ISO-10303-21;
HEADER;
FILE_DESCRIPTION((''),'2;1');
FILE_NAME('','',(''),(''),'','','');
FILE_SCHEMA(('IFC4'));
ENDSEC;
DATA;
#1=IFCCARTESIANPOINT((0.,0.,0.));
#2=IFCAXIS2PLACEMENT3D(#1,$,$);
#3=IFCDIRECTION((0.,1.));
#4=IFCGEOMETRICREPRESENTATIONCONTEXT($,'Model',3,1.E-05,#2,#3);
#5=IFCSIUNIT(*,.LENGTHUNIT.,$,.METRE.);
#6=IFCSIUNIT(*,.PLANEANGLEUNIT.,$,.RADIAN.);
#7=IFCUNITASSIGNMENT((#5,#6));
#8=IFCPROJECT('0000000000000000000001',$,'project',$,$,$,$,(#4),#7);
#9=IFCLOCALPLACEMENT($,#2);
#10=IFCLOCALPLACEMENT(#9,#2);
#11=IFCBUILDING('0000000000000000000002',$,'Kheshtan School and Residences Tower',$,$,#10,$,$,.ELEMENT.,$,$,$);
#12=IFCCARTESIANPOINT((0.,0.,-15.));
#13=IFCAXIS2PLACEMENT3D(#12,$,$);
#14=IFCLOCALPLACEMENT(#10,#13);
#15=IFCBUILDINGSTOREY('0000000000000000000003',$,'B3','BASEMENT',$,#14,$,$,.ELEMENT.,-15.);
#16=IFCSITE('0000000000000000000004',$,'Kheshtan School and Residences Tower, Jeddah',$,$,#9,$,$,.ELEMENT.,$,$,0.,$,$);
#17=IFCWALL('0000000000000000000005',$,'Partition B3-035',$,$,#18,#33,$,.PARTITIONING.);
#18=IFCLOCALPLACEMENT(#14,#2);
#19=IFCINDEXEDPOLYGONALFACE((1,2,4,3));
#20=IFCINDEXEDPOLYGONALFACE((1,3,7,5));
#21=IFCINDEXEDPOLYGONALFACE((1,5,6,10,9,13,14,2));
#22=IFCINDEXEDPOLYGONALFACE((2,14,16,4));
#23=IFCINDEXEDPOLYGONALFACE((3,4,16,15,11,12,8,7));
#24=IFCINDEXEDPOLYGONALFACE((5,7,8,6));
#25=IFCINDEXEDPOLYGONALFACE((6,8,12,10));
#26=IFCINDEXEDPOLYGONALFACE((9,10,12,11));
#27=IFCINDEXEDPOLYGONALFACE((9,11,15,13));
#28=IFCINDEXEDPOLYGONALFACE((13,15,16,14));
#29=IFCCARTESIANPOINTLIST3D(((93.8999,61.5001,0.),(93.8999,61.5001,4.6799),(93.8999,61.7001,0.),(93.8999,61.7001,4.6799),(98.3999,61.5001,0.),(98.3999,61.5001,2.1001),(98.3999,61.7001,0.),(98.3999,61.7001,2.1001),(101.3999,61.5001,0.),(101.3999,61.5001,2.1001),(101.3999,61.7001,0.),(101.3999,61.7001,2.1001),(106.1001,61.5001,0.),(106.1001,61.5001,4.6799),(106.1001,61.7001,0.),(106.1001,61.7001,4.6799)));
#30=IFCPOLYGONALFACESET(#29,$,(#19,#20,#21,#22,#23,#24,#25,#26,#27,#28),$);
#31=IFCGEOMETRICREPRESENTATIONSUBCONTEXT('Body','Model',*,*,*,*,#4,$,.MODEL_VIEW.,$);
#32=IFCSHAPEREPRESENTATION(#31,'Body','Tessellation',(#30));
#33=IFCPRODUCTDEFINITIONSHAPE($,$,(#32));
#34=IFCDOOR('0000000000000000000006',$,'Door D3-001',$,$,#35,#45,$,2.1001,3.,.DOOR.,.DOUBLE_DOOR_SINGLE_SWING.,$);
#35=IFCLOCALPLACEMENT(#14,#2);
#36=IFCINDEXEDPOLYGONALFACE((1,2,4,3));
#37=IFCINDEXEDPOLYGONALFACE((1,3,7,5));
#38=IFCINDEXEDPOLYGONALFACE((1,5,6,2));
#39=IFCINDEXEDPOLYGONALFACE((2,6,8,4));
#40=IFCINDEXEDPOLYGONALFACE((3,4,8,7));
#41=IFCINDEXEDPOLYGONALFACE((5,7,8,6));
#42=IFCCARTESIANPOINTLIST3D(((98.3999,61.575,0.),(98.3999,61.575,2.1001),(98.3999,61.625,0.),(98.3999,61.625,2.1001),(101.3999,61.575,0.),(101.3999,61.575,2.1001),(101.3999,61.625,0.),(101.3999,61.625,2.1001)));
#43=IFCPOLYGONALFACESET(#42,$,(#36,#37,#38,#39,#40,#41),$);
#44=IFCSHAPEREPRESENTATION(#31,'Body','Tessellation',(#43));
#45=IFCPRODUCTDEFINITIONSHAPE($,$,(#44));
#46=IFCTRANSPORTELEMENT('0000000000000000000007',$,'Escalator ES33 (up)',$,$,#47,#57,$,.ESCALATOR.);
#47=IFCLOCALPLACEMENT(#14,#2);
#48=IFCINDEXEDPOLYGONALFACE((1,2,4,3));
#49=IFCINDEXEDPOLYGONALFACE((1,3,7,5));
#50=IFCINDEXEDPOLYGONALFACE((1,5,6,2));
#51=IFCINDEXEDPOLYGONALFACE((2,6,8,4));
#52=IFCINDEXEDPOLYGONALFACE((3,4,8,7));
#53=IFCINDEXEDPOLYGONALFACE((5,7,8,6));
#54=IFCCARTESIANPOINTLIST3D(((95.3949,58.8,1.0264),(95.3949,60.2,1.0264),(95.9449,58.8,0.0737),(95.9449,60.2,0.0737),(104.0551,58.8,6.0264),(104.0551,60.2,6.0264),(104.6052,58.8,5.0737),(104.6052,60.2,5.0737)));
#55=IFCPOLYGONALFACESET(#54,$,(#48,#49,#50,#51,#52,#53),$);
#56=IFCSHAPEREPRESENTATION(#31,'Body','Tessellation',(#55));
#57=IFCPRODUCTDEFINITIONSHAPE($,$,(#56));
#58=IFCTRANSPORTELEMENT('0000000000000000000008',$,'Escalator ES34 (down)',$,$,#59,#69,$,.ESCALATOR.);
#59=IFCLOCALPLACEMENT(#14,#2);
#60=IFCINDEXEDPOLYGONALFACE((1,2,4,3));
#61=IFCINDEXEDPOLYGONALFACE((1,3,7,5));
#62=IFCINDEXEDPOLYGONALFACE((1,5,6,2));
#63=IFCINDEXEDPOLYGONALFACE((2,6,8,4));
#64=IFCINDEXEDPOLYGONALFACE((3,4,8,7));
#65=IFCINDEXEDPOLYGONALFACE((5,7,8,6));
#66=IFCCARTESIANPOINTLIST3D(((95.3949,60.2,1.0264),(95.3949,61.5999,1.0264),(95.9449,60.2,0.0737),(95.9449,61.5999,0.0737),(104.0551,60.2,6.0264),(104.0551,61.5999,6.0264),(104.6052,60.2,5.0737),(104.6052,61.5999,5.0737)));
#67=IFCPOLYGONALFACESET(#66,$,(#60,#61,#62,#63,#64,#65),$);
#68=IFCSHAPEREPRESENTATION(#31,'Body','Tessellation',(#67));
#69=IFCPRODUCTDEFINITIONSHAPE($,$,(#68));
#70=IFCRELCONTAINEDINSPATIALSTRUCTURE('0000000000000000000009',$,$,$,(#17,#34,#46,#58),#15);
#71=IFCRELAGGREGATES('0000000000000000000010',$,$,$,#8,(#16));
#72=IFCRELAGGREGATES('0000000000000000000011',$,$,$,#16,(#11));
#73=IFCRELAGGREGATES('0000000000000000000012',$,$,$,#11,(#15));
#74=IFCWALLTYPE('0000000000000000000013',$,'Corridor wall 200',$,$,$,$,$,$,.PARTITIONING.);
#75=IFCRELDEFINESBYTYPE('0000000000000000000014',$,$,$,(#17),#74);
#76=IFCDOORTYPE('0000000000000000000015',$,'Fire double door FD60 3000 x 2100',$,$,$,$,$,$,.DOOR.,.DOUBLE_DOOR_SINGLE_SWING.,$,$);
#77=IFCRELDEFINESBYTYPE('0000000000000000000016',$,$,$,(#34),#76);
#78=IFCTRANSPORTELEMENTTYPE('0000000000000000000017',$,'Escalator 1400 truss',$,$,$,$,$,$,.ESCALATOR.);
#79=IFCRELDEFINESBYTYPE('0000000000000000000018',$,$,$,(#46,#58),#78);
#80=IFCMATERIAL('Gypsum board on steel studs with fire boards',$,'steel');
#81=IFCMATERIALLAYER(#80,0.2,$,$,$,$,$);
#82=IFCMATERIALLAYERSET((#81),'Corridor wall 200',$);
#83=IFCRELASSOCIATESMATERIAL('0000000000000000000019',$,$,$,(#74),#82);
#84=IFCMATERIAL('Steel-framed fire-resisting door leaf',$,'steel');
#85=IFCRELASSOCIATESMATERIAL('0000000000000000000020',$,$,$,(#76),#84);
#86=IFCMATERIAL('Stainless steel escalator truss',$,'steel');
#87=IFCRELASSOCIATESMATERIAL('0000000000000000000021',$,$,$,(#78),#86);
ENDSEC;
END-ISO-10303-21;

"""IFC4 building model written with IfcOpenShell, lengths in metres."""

from ifc_helpers import new_model, si_unit, direction, frame, frame_2d, origin, origin_2d, place, context, subcontext, project, spatial, rectangle, extrude, source, transform, mapped, material, layer, layer_set, material_profile, profile_set, type_object, element, fill, save


model = new_model("IFC4")

# Units and contexts
model_context = context("Model", 3, precision=1e-05, world=origin(), true_north=direction((0.0, 1.0)))
body_context = subcontext(model_context, "Body", "Model", "MODEL_VIEW")
ifc_project = project(units=[si_unit("LENGTHUNIT", "METRE"), si_unit("PLANEANGLEUNIT", "RADIAN")], contexts=[model_context])

# Site, building, storey
site_placement = place(None, origin())
site = spatial("IfcSite", under=ifc_project, at=site_placement, Name="Kheshtan School and Residences Tower, Jeddah", CompositionType="ELEMENT", RefElevation=0.0)
building_placement = place(site_placement, origin())
building = spatial("IfcBuilding", under=site, at=building_placement, Name="Kheshtan School and Residences Tower", CompositionType="ELEMENT")
storey_placement = place(building_placement, frame((0.0, 0.0, -15.0)))
storey = spatial("IfcBuildingStorey", under=building, at=storey_placement, Name="B3", Description="BASEMENT", CompositionType="ELEMENT", Elevation=-15.0)

# Wall, opening, door
ifc_material_1 = material(Name="Gypsum board on steel studs with fire boards", Category="steel")
ifc_layer = layer(ifc_material_1, 0.2)
ifc_layer_set = layer_set([ifc_layer], Name="Corridor wall 200")
wall_type = type_object("IfcWallType", Name="Corridor wall 200", PredefinedType="PARTITIONING", material=ifc_layer_set)
wall_placement = place(storey_placement, frame((93.8999, 61.6001, 0.0), z_axis=(0.0, 0.0, 1.0), x_axis=(1.0, 0.0, 0.0)))
wall = element("IfcWall", 1, at=wall_placement, inside=storey, type_object=wall_type, Name="Partition B3-035", PredefinedType="PARTITIONING", context=body_context, shape_type="SweptSolid", body=[
    extrude(rectangle(XDim=12.2002, YDim=0.2, at=frame_2d((6.1001, 0.0))), origin(), (0.0, 0.0, 1.0), 4.6799),
])
opening_placement = place(wall_placement, frame((4.5, 0.0, 0.0)))
opening = element("IfcOpeningElement", 2, at=opening_placement, cuts=wall, PredefinedType="OPENING", context=body_context, shape_type="SweptSolid", body=[
    extrude(rectangle(XDim=3.0, YDim=2.1001, at=frame_2d((1.5, 1.05))), frame((0.0, 0.1099, 0.0), z_axis=(0.0, -1.0, 0.0), x_axis=(1.0, 0.0, 0.0)), (0.0, 0.0, 1.0), 0.22),
])
ifc_material_2 = material(Name="Steel-framed fire-resisting door leaf", Category="steel")
door_type = type_object("IfcDoorType", Name="Fire double door FD60 3000 x 2100", OperationType="DOUBLE_DOOR_SINGLE_SWING", PredefinedType="DOOR", material=ifc_material_2)
shared_shape = source(origin(), body_context, "Body", "SweptSolid", [
    extrude(rectangle(XDim=3.0, YDim=2.1001, at=frame_2d((1.5, 1.05))), frame((0.0, 0.0249, 0.0), z_axis=(0.0, -1.0, 0.0), x_axis=(1.0, 0.0, 0.0)), (0.0, 0.0, 1.0), 0.05),
])
door_placement = place(opening_placement, origin())
door = element("IfcDoor", 3, at=door_placement, inside=storey, type_object=door_type, Name="Door D3-001", OperationType="DOUBLE_DOOR_SINGLE_SWING", OverallHeight=2.1001, OverallWidth=3.0, PredefinedType="DOOR", context=body_context, shape_type="MappedRepresentation", body=[
    mapped(shared_shape, transform((0.0, 0.0, 0.0), x_axis=(1.0, 0.0, 0.0), y_axis=(0.0, 1.0, 0.0), z_axis=(0.0, 0.0, 1.0), scale=1.0)),
])
fill(opening, door)

# Transport elements
ifc_material_3 = material(Name="Stainless steel escalator truss", Category="steel")
ifc_material_profile_1 = material_profile(ifc_material_3, rectangle(XDim=1.3999, YDim=1.1001, at=origin_2d()), Name="Escalator 1400 truss")
ifc_profile_set_1 = profile_set([ifc_material_profile_1], Name="Stainless steel escalator truss")
transport_element_type = type_object("IfcTransportElementType", Name="Escalator 1400 truss", PredefinedType="ESCALATOR", material=ifc_profile_set_1)
for number, where, z_axis, x_axis, name in (
    (4, (95.6699, 59.5, 0.55), (0.866023, 0.0, 0.500004), (0.0, 1.0, 0.0), "Escalator ES33 (up)"),
    (5, (95.6699, 60.8999, 0.55), (0.866023, 0.0, 0.500004), (0.0, 1.0, 0.0), "Escalator ES34 (down)"),
):
    element("IfcTransportElement", number, at=place(storey_placement, frame(where, z_axis=z_axis, x_axis=x_axis)), inside=storey, type_object=transport_element_type, Name=name, PredefinedType="ESCALATOR", context=body_context, shape_type="SweptSolid", body=[
        extrude(rectangle(XDim=1.3999, YDim=1.1001, at=origin_2d()), origin(), (0.0, 0.0, 1.0), 10.0),
    ])

save(model, "model.ifc")
